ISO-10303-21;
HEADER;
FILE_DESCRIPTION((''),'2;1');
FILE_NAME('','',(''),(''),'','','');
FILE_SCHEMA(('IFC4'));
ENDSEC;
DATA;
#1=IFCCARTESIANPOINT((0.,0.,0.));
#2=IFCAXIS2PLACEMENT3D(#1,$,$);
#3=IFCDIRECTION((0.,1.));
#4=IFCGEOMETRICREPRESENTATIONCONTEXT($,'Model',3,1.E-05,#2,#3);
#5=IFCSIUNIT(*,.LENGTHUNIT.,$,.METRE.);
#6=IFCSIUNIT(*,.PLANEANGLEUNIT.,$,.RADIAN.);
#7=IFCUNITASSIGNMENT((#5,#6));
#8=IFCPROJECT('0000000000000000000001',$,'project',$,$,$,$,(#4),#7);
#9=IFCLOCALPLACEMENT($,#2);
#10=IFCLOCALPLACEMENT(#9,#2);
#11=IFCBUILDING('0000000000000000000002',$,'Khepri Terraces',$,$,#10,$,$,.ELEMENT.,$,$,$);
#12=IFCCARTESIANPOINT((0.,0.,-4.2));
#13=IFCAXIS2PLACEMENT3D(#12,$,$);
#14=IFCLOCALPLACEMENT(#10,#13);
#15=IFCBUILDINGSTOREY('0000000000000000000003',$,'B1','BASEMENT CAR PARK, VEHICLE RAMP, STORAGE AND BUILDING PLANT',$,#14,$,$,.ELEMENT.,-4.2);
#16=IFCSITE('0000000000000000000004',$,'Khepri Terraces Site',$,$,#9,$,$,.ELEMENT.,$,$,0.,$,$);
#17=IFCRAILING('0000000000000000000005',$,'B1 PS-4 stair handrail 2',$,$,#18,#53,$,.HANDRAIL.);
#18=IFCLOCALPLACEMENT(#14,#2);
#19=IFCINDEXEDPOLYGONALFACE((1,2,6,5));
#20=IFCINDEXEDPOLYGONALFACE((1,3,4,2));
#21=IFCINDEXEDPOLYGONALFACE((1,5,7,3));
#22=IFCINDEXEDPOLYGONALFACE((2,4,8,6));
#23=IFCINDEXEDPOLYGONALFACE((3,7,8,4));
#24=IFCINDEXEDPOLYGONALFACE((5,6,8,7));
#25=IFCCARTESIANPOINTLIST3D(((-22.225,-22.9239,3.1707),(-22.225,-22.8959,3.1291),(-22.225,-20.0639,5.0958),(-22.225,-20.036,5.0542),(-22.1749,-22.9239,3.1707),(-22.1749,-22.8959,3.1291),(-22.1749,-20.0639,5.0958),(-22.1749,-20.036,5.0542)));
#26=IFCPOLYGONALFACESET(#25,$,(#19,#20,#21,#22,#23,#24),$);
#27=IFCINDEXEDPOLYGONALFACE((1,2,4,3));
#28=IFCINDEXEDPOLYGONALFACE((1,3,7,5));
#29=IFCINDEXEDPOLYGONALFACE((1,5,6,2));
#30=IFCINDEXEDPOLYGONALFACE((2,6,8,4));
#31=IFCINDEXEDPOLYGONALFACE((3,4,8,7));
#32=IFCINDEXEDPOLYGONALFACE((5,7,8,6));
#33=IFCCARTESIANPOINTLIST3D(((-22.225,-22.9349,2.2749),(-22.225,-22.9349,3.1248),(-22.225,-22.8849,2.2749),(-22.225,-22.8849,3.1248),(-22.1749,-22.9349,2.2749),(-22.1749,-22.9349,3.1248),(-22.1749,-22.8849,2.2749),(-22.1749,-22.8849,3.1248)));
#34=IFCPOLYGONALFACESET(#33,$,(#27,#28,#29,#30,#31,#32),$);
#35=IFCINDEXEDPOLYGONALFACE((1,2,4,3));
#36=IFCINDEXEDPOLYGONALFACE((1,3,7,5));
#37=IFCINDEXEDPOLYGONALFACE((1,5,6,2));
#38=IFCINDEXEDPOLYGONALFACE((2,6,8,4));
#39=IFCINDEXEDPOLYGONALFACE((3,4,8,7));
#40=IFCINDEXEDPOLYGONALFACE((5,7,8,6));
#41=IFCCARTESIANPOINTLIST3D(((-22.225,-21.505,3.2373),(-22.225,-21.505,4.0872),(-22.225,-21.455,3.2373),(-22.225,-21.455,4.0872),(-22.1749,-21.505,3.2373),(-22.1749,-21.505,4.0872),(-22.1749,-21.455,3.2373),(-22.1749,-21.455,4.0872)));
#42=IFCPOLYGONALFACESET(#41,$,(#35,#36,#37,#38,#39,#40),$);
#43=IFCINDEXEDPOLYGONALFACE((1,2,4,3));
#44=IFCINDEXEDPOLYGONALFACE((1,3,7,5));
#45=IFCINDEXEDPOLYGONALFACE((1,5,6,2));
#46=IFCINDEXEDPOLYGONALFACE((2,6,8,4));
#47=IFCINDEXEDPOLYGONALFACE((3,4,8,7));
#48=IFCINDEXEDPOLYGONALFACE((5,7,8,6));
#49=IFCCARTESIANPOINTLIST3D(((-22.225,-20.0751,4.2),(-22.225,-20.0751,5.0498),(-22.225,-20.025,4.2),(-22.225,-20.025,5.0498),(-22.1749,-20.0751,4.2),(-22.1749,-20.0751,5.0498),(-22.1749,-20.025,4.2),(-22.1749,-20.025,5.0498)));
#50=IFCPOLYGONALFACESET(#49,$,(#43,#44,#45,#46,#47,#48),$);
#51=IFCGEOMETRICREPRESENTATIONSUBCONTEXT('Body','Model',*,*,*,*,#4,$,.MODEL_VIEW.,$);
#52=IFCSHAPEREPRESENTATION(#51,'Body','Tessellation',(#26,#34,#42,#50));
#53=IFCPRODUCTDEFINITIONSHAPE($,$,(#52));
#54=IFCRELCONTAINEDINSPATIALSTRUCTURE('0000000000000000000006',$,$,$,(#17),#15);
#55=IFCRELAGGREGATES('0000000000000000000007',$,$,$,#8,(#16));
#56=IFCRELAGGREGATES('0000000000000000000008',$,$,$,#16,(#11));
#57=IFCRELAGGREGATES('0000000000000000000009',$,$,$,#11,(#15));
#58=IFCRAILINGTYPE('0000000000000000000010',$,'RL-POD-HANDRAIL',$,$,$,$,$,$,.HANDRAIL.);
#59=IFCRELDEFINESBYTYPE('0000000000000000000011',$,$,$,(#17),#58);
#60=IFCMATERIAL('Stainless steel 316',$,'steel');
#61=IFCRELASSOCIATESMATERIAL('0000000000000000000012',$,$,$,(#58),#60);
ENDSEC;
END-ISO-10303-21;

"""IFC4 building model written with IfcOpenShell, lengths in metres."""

from ifc_helpers import new_model, si_unit, direction, frame, origin, origin_2d, place, context, subcontext, project, spatial, rectangle, extrude, material, type_object, element, save


model = new_model("IFC4")

# Units and contexts
model_context = context("Model", 3, precision=1e-05, world=origin(), true_north=direction((0.0, 1.0)))
body_context = subcontext(model_context, "Body", "Model", "MODEL_VIEW")
ifc_project = project(units=[si_unit("LENGTHUNIT", "METRE"), si_unit("PLANEANGLEUNIT", "RADIAN")], contexts=[model_context])

# Site, building, storey
site_placement = place(None, origin())
site = spatial("IfcSite", under=ifc_project, at=site_placement, Name="Khepri Terraces Site", CompositionType="ELEMENT", RefElevation=0.0)
building_placement = place(site_placement, origin())
building = spatial("IfcBuilding", under=site, at=building_placement, Name="Khepri Terraces", CompositionType="ELEMENT")
storey_placement = place(building_placement, frame((0.0, 0.0, -4.2)))
storey = spatial("IfcBuildingStorey", under=building, at=storey_placement, Name="B1", Description="BASEMENT CAR PARK, VEHICLE RAMP, STORAGE AND BUILDING PLANT", CompositionType="ELEMENT", Elevation=-4.2)

# Railing
ifc_material_1 = material(Name="Stainless steel 316", Category="steel")
railing_type_1 = type_object("IfcRailingType", Name="RL-POD-HANDRAIL", PredefinedType="HANDRAIL", material=ifc_material_1)
railing_1_placement = place(storey_placement, frame((-22.2, -22.9099, 2.2749)))
element("IfcRailing", 1, at=railing_1_placement, inside=storey, type_object=railing_type_1, Name="B1 PS-4 stair handrail 2", PredefinedType="HANDRAIL", context=body_context, shape_type="SweptSolid", body=[
    extrude(rectangle(XDim=0.05, YDim=0.05, at=origin_2d()), frame((0.0, 0.0, 0.875), z_axis=(0.0, 0.829569, 0.558404), x_axis=(-1.0, 0.0, 0.0)), (0.0, 0.0, 1.0), 3.4475),
    extrude(rectangle(XDim=0.05, YDim=0.05, at=origin_2d()), origin(), (0.0, 0.0, 1.0), 0.8499),
    extrude(rectangle(XDim=0.05, YDim=0.05, at=origin_2d()), frame((0.0, 1.4299, 0.9624)), (0.0, 0.0, 1.0), 0.8499),
    extrude(rectangle(XDim=0.05, YDim=0.05, at=origin_2d()), frame((0.0, 2.8599, 1.925)), (0.0, 0.0, 1.0), 0.8499),
])

save(model, "model.ifc")
